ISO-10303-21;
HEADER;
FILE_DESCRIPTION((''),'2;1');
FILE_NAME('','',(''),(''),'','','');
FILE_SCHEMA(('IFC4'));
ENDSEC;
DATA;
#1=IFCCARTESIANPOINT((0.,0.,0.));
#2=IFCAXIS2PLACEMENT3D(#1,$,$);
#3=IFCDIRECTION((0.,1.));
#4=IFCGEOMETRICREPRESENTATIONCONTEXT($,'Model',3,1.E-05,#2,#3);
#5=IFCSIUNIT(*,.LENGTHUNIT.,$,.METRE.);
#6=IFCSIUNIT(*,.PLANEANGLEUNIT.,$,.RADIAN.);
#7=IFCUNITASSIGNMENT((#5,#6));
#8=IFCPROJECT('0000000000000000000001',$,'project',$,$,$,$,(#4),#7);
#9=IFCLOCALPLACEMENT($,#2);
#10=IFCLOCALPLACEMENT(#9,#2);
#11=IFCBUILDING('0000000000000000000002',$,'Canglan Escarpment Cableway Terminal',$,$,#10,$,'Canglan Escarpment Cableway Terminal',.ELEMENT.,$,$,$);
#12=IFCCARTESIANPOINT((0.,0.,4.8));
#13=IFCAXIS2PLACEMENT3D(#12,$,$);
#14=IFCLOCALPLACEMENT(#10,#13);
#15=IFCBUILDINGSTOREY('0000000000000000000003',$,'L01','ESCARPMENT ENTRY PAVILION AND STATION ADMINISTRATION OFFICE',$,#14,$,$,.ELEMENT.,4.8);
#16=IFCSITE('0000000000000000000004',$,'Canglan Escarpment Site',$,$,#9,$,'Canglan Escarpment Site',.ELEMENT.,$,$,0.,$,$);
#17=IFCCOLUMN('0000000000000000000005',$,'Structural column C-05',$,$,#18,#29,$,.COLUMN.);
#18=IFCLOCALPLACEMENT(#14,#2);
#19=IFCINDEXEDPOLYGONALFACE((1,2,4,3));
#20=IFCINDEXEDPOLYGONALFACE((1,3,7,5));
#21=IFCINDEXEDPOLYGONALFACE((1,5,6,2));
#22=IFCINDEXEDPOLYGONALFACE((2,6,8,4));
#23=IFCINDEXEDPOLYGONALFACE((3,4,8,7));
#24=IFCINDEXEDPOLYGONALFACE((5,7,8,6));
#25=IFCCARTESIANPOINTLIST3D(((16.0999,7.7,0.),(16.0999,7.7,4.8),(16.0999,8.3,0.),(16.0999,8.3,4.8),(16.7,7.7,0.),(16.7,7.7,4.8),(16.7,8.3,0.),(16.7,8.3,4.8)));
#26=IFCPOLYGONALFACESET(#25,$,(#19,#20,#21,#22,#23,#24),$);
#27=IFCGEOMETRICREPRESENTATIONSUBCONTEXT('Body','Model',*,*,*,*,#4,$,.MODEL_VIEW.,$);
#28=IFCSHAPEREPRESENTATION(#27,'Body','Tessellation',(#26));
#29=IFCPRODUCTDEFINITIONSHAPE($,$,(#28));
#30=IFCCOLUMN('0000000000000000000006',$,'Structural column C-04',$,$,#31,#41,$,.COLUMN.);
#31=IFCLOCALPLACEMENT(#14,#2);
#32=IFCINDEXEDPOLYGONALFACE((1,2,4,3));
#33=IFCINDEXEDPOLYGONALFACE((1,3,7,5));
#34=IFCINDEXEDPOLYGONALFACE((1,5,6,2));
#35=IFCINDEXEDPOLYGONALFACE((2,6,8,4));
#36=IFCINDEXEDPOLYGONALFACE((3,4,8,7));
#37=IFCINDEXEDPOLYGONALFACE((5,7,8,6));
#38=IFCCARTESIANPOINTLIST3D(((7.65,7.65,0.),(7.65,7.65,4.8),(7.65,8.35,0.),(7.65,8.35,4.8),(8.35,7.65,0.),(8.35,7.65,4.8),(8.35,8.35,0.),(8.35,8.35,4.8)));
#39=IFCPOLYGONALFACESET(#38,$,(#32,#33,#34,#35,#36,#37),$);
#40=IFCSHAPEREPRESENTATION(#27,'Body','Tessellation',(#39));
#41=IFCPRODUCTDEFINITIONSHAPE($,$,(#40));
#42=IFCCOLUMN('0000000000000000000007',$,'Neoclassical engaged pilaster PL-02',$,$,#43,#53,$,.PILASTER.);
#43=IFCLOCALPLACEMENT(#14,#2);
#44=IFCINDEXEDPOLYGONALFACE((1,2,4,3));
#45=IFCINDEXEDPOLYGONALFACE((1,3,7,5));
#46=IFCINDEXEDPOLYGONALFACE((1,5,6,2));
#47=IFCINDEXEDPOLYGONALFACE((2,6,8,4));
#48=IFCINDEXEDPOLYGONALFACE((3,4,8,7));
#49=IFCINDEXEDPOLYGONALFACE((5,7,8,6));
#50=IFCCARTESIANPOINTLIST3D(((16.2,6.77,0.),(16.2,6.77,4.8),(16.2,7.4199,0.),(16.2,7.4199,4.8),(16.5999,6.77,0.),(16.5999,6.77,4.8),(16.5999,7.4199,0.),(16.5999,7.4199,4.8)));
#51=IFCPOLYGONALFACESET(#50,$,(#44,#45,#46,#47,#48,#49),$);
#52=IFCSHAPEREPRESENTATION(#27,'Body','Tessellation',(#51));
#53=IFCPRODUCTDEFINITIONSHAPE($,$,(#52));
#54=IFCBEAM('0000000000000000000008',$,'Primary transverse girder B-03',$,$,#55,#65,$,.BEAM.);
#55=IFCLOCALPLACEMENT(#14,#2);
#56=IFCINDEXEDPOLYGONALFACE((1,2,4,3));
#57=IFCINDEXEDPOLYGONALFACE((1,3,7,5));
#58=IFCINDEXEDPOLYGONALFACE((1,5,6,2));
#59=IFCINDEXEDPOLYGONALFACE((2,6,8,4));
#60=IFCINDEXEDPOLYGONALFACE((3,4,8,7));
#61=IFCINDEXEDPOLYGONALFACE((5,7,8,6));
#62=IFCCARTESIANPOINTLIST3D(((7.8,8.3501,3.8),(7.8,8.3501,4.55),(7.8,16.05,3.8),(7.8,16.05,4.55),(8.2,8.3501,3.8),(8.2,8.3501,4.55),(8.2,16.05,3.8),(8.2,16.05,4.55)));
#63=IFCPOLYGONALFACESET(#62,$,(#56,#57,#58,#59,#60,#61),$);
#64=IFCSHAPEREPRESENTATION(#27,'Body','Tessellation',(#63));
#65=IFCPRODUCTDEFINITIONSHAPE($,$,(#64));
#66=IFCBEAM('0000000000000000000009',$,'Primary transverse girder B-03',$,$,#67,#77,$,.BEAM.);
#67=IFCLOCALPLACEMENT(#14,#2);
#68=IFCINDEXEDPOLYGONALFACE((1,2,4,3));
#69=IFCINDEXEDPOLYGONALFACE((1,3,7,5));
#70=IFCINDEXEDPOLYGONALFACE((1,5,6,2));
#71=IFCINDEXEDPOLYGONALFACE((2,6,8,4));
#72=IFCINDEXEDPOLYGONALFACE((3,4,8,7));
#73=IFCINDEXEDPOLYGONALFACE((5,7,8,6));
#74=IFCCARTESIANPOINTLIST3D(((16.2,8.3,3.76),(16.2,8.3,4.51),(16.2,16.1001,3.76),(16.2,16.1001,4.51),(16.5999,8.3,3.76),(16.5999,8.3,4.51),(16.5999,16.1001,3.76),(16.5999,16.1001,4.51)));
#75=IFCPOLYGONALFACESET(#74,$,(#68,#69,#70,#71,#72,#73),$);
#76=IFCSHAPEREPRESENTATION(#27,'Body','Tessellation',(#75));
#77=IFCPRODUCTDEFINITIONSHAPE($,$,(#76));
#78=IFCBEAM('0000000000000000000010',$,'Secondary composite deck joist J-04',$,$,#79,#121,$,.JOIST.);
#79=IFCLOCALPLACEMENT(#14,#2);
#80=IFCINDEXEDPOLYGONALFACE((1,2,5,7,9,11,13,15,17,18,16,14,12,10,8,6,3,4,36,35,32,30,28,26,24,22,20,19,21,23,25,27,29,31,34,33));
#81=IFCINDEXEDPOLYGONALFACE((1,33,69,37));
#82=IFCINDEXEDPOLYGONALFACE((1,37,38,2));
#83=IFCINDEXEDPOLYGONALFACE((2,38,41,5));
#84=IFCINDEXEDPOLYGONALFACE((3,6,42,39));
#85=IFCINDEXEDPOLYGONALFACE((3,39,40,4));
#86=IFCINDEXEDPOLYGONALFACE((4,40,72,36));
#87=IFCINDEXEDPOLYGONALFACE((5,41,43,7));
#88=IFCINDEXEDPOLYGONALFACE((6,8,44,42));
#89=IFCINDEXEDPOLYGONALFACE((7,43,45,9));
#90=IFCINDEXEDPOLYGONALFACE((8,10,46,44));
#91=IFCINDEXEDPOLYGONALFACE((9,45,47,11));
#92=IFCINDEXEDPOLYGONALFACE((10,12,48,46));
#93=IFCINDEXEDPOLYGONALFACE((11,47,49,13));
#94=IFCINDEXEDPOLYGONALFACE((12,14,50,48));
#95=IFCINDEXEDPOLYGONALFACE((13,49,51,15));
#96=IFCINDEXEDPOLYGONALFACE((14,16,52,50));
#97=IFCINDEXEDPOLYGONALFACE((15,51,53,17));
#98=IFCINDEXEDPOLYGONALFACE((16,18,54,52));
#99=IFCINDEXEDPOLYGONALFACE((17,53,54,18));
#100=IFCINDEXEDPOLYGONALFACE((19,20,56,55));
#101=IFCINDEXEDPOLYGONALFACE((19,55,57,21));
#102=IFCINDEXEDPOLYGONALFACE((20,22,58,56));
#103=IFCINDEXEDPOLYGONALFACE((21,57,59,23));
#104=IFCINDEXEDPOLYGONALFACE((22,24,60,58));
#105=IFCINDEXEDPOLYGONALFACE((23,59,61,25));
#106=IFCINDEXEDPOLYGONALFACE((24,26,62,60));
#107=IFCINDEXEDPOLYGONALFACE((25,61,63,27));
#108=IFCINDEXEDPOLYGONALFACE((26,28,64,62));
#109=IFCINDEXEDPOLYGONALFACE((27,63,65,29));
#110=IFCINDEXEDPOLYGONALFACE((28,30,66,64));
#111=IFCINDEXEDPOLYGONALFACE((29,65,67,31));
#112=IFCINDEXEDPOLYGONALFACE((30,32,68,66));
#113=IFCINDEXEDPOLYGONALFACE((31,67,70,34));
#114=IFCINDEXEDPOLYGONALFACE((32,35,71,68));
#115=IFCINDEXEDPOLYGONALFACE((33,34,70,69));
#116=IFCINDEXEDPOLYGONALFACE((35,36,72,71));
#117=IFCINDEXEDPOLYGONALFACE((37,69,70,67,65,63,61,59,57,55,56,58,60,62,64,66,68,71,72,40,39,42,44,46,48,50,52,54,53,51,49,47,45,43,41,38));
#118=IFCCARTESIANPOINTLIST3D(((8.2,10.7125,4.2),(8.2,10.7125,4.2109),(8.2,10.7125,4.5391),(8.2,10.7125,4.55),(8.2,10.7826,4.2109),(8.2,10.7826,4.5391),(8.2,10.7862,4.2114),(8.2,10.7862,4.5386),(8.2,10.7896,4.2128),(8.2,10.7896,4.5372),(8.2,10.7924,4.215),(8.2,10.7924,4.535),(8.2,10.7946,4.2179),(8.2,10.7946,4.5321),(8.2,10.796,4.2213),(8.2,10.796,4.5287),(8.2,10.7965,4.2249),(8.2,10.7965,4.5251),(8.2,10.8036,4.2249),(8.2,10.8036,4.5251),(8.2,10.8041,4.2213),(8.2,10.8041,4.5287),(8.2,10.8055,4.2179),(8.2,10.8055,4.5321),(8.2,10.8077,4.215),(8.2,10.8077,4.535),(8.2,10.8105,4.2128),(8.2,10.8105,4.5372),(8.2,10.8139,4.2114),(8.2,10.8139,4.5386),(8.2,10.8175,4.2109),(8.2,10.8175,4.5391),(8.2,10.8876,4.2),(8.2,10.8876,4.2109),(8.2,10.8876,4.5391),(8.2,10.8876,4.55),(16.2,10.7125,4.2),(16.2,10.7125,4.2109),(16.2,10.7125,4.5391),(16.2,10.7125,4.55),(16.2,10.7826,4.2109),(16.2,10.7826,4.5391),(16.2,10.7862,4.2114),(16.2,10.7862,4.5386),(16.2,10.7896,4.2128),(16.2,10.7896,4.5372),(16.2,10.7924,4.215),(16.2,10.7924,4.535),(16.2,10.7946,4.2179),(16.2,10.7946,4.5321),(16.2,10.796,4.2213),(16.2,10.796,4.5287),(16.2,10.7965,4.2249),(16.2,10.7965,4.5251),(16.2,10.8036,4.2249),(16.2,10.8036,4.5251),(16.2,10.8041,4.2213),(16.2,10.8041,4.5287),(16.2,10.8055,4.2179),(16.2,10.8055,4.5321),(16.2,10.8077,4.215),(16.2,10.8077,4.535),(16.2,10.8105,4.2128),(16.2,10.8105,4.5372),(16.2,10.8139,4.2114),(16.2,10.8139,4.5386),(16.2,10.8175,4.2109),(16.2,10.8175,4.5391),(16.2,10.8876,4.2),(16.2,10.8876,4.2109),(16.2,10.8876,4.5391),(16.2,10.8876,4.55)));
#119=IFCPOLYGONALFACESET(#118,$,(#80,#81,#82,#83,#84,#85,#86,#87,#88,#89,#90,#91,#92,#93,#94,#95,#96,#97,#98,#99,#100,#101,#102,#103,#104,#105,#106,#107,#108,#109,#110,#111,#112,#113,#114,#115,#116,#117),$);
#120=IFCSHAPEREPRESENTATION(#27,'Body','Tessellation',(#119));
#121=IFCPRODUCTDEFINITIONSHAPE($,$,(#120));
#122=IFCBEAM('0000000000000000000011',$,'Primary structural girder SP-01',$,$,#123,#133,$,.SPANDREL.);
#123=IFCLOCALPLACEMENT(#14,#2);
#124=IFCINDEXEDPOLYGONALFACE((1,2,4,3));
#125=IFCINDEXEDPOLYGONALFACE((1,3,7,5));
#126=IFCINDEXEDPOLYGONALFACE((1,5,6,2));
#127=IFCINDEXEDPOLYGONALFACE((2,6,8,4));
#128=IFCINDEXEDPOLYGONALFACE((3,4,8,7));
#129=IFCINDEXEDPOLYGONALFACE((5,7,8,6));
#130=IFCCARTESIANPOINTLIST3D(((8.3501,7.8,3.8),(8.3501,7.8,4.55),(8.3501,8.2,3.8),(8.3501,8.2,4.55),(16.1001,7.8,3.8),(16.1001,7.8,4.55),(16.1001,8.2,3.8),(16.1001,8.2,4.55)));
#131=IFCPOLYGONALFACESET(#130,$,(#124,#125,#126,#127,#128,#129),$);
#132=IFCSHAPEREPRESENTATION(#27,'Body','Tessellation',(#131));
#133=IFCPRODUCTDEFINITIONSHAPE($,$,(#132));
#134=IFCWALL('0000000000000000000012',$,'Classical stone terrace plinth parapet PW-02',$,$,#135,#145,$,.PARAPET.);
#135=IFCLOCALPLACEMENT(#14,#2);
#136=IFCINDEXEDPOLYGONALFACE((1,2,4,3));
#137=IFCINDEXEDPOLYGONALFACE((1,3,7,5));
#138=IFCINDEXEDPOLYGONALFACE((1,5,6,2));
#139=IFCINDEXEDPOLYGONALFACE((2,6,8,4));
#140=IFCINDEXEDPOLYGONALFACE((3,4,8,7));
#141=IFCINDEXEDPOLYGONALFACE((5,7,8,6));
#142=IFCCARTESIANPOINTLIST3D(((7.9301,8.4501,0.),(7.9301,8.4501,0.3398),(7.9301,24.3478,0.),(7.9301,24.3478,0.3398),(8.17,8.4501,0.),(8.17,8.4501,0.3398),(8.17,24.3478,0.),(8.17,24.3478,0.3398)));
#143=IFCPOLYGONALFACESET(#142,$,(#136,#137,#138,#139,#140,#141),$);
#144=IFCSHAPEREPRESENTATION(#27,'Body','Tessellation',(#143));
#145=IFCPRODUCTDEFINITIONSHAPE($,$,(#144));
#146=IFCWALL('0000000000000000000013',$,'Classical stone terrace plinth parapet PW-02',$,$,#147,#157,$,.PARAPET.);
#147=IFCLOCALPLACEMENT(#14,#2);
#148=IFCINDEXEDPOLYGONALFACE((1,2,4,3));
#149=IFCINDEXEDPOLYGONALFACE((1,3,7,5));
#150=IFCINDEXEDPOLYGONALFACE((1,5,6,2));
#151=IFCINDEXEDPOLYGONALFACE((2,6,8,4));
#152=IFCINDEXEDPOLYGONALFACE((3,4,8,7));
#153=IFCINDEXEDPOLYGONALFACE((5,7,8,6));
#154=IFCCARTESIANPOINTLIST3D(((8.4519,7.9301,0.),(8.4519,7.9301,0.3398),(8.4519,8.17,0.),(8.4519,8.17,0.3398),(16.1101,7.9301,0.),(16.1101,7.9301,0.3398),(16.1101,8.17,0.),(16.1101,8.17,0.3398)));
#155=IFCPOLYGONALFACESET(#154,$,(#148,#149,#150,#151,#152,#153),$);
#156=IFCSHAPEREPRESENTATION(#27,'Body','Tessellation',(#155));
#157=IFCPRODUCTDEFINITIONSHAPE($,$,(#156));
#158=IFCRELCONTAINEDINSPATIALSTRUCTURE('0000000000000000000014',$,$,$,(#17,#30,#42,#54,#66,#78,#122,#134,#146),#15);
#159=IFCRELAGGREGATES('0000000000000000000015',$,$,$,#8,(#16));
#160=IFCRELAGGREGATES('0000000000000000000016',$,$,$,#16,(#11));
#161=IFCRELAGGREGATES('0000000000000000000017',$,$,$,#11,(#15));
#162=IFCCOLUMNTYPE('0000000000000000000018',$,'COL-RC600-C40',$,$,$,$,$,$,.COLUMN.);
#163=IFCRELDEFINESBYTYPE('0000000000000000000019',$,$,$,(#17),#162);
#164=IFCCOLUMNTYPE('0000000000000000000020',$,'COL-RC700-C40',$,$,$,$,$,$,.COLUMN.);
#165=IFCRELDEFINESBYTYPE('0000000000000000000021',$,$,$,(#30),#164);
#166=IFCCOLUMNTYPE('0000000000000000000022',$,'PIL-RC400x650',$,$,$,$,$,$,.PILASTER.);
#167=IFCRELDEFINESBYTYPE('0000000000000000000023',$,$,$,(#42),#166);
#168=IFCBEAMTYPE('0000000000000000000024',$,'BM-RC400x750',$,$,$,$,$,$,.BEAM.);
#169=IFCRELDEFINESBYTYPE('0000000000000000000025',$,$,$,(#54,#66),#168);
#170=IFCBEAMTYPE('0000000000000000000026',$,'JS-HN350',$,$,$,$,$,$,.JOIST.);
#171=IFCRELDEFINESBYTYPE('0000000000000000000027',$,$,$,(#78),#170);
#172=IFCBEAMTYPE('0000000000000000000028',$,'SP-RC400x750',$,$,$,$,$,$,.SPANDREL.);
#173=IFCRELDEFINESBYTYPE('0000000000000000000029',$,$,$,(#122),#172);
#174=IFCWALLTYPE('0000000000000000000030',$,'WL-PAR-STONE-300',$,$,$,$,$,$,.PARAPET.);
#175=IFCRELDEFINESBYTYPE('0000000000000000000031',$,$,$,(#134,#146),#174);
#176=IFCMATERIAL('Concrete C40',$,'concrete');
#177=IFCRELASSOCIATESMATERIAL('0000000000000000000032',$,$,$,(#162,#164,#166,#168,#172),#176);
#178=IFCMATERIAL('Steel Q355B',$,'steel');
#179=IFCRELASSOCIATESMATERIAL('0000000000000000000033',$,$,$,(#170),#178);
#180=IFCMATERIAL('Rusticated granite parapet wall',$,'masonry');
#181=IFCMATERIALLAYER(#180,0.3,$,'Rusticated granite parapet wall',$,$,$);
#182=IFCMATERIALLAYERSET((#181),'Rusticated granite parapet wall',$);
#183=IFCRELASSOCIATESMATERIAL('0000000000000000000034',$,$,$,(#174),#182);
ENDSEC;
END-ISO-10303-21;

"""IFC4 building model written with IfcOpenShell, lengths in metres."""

from ifc_helpers import new_model, si_unit, direction, frame, frame_2d, origin, origin_2d, place, context, subcontext, project, spatial, rectangle, i_section, extrude, material, layer, layer_set, material_profile, profile_set, type_object, element, save


model = new_model("IFC4")

# Units and contexts
model_context = context("Model", 3, precision=1e-05, world=origin(), true_north=direction((0.0, 1.0)))
body_context = subcontext(model_context, "Body", "Model", "MODEL_VIEW")
ifc_project = project(units=[si_unit("LENGTHUNIT", "METRE"), si_unit("PLANEANGLEUNIT", "RADIAN")], contexts=[model_context])

# Site, building, storey
site_placement = place(None, origin())
site = spatial("IfcSite", under=ifc_project, at=site_placement, Name="Canglan Escarpment Site", LongName="Canglan Escarpment Site", CompositionType="ELEMENT", RefElevation=0.0)
building_placement = place(site_placement, origin())
building = spatial("IfcBuilding", under=site, at=building_placement, Name="Canglan Escarpment Cableway Terminal", LongName="Canglan Escarpment Cableway Terminal", CompositionType="ELEMENT")
storey_placement = place(building_placement, frame((0.0, 0.0, 4.8)))
storey = spatial("IfcBuildingStorey", under=building, at=storey_placement, Name="L01", Description="ESCARPMENT ENTRY PAVILION AND STATION ADMINISTRATION OFFICE", CompositionType="ELEMENT", Elevation=4.8)

# Columns
ifc_material_1 = material(Name="Concrete C40", Category="concrete")
ifc_material_profile_1 = material_profile(ifc_material_1, rectangle(XDim=0.6001, YDim=0.6001, at=origin_2d()), Name="RC 600x600")
ifc_profile_set_1 = profile_set([ifc_material_profile_1], Name="Concrete C40")
column_type_1 = type_object("IfcColumnType", Name="COL-RC600-C40", PredefinedType="COLUMN", material=ifc_profile_set_1)
column_1_placement = place(storey_placement, frame((16.3999, 8.0, 0.0), z_axis=(0.0, 0.0, 1.0), x_axis=(1.0, 0.0, 0.0)))
element("IfcColumn", 1, at=column_1_placement, inside=storey, type_object=column_type_1, Name="Structural column C-05", PredefinedType="COLUMN", context=body_context, shape_type="SweptSolid", body=[
    extrude(rectangle(XDim=0.6001, YDim=0.6001, at=origin_2d()), origin(), (0.0, 0.0, 1.0), 4.8),
])
ifc_material_profile_2 = material_profile(ifc_material_1, rectangle(XDim=0.7, YDim=0.7, at=origin_2d()), Name="RC 700x700")
ifc_profile_set_2 = profile_set([ifc_material_profile_2], Name="Concrete C40")
column_type_2 = type_object("IfcColumnType", Name="COL-RC700-C40", PredefinedType="COLUMN", material=ifc_profile_set_2)
column_2_placement = place(storey_placement, frame((8.0, 8.0, 0.0), z_axis=(0.0, 0.0, 1.0), x_axis=(1.0, 0.0, 0.0)))
element("IfcColumn", 2, at=column_2_placement, inside=storey, type_object=column_type_2, Name="Structural column C-04", PredefinedType="COLUMN", context=body_context, shape_type="SweptSolid", body=[
    extrude(rectangle(XDim=0.7, YDim=0.7, at=origin_2d()), origin(), (0.0, 0.0, 1.0), 4.8),
])
ifc_material_profile_3 = material_profile(ifc_material_1, rectangle(XDim=0.3999, YDim=0.6499, at=origin_2d()), Name="RC-PIL 400x650")
ifc_profile_set_3 = profile_set([ifc_material_profile_3], Name="Concrete C40")
column_type_3 = type_object("IfcColumnType", Name="PIL-RC400x650", PredefinedType="PILASTER", material=ifc_profile_set_3)
column_3_placement = place(storey_placement, frame((16.3999, 7.095, 0.0), z_axis=(0.0, 0.0, 1.0), x_axis=(1.0, 0.0, 0.0)))
element("IfcColumn", 3, at=column_3_placement, inside=storey, type_object=column_type_3, Name="Neoclassical engaged pilaster PL-02", PredefinedType="PILASTER", context=body_context, shape_type="SweptSolid", body=[
    extrude(rectangle(XDim=0.3999, YDim=0.6499, at=origin_2d()), origin(), (0.0, 0.0, 1.0), 4.8),
])

# Beams
ifc_material_profile_4 = material_profile(ifc_material_1, rectangle(XDim=0.3999, YDim=0.75, at=origin_2d()), Name="RC 400x750")
ifc_profile_set_4 = profile_set([ifc_material_profile_4], Name="Concrete C40")
beam_type_1 = type_object("IfcBeamType", Name="BM-RC400x750", PredefinedType="BEAM", material=ifc_profile_set_4)
beam_1_placement = place(storey_placement, frame((8.0, 8.3501, 4.175), z_axis=(0.0, 1.0, 0.0), x_axis=(-1.0, 0.0, 0.0)))
element("IfcBeam", 4, at=beam_1_placement, inside=storey, type_object=beam_type_1, Name="Primary transverse girder B-03", PredefinedType="BEAM", context=body_context, shape_type="SweptSolid", body=[
    extrude(rectangle(XDim=0.3999, YDim=0.75, at=origin_2d()), origin(), (0.0, 0.0, 1.0), 7.7),
])
beam_2_placement = place(storey_placement, frame((16.3999, 8.3, 4.135), z_axis=(0.0, 1.0, 0.0), x_axis=(-1.0, 0.0, 0.0)))
element("IfcBeam", 5, at=beam_2_placement, inside=storey, type_object=beam_type_1, Name="Primary transverse girder B-03", PredefinedType="BEAM", context=body_context, shape_type="SweptSolid", body=[
    extrude(rectangle(XDim=0.3999, YDim=0.75, at=origin_2d()), origin(), (0.0, 0.0, 1.0), 7.8),
])
ifc_material_2 = material(Name="Steel Q355B", Category="steel")
ifc_material_profile_5 = material_profile(ifc_material_2, i_section(OverallWidth=0.175, OverallDepth=0.3501, WebThickness=0.0071, FlangeThickness=0.011, FilletRadius=0.0139, at=origin_2d()), Name="HN 350x175x7x11")
ifc_profile_set_5 = profile_set([ifc_material_profile_5], Name="Steel Q355B")
beam_type_2 = type_object("IfcBeamType", Name="JS-HN350", PredefinedType="JOIST", material=ifc_profile_set_5)
beam_3_placement = place(storey_placement, frame((8.2, 10.8, 4.375), z_axis=(1.0, 0.0, 0.0), x_axis=(0.0, 1.0, 0.0)))
element("IfcBeam", 6, at=beam_3_placement, inside=storey, type_object=beam_type_2, Name="Secondary composite deck joist J-04", PredefinedType="JOIST", context=body_context, shape_type="SweptSolid", body=[
    extrude(i_section(OverallWidth=0.175, OverallDepth=0.3501, WebThickness=0.0071, FlangeThickness=0.011, FilletRadius=0.0139, at=origin_2d()), origin(), (0.0, 0.0, 1.0), 8.0),
])
ifc_material_profile_6 = material_profile(ifc_material_1, rectangle(XDim=0.3999, YDim=0.75, at=origin_2d()), Name="RC 400x750")
ifc_profile_set_6 = profile_set([ifc_material_profile_6], Name="Concrete C40")
beam_type_3 = type_object("IfcBeamType", Name="SP-RC400x750", PredefinedType="SPANDREL", material=ifc_profile_set_6)
beam_4_placement = place(storey_placement, frame((8.3501, 8.0, 4.175), z_axis=(1.0, 0.0, 0.0), x_axis=(0.0, 1.0, 0.0)))
element("IfcBeam", 7, at=beam_4_placement, inside=storey, type_object=beam_type_3, Name="Primary structural girder SP-01", PredefinedType="SPANDREL", context=body_context, shape_type="SweptSolid", body=[
    extrude(rectangle(XDim=0.3999, YDim=0.75, at=origin_2d()), origin(), (0.0, 0.0, 1.0), 7.75),
])

# Walls
ifc_material_3 = material(Name="Rusticated granite parapet wall", Category="masonry")
ifc_layer_1 = layer(ifc_material_3, 0.3, Name="Rusticated granite parapet wall")
ifc_layer_set_1 = layer_set([ifc_layer_1], Name="Rusticated granite parapet wall")
wall_type = type_object("IfcWallType", Name="WL-PAR-STONE-300", PredefinedType="PARAPET", material=ifc_layer_set_1)
wall_1_placement = place(storey_placement, frame((8.05, 8.4502, 0.0), z_axis=(0.0, 0.0, 1.0), x_axis=(0.0, 1.0, 0.0)))
element("IfcWall", 8, at=wall_1_placement, inside=storey, type_object=wall_type, Name="Classical stone terrace plinth parapet PW-02", PredefinedType="PARAPET", context=body_context, shape_type="SweptSolid", body=[
    extrude(rectangle(XDim=15.8977, YDim=0.24, at=frame_2d((7.9487, 0.0))), origin(), (0.0, 0.0, 1.0), 0.3398),
])
wall_2_placement = place(storey_placement, frame((16.1101, 8.05, 0.0), z_axis=(0.0, 0.0, 1.0), x_axis=(-1.0, 0.0, 0.0)))
element("IfcWall", 9, at=wall_2_placement, inside=storey, type_object=wall_type, Name="Classical stone terrace plinth parapet PW-02", PredefinedType="PARAPET", context=body_context, shape_type="SweptSolid", body=[
    extrude(rectangle(XDim=7.6582, YDim=0.24, at=frame_2d((3.8291, 0.0))), origin(), (0.0, 0.0, 1.0), 0.3398),
])

save(model, "model.ifc")
